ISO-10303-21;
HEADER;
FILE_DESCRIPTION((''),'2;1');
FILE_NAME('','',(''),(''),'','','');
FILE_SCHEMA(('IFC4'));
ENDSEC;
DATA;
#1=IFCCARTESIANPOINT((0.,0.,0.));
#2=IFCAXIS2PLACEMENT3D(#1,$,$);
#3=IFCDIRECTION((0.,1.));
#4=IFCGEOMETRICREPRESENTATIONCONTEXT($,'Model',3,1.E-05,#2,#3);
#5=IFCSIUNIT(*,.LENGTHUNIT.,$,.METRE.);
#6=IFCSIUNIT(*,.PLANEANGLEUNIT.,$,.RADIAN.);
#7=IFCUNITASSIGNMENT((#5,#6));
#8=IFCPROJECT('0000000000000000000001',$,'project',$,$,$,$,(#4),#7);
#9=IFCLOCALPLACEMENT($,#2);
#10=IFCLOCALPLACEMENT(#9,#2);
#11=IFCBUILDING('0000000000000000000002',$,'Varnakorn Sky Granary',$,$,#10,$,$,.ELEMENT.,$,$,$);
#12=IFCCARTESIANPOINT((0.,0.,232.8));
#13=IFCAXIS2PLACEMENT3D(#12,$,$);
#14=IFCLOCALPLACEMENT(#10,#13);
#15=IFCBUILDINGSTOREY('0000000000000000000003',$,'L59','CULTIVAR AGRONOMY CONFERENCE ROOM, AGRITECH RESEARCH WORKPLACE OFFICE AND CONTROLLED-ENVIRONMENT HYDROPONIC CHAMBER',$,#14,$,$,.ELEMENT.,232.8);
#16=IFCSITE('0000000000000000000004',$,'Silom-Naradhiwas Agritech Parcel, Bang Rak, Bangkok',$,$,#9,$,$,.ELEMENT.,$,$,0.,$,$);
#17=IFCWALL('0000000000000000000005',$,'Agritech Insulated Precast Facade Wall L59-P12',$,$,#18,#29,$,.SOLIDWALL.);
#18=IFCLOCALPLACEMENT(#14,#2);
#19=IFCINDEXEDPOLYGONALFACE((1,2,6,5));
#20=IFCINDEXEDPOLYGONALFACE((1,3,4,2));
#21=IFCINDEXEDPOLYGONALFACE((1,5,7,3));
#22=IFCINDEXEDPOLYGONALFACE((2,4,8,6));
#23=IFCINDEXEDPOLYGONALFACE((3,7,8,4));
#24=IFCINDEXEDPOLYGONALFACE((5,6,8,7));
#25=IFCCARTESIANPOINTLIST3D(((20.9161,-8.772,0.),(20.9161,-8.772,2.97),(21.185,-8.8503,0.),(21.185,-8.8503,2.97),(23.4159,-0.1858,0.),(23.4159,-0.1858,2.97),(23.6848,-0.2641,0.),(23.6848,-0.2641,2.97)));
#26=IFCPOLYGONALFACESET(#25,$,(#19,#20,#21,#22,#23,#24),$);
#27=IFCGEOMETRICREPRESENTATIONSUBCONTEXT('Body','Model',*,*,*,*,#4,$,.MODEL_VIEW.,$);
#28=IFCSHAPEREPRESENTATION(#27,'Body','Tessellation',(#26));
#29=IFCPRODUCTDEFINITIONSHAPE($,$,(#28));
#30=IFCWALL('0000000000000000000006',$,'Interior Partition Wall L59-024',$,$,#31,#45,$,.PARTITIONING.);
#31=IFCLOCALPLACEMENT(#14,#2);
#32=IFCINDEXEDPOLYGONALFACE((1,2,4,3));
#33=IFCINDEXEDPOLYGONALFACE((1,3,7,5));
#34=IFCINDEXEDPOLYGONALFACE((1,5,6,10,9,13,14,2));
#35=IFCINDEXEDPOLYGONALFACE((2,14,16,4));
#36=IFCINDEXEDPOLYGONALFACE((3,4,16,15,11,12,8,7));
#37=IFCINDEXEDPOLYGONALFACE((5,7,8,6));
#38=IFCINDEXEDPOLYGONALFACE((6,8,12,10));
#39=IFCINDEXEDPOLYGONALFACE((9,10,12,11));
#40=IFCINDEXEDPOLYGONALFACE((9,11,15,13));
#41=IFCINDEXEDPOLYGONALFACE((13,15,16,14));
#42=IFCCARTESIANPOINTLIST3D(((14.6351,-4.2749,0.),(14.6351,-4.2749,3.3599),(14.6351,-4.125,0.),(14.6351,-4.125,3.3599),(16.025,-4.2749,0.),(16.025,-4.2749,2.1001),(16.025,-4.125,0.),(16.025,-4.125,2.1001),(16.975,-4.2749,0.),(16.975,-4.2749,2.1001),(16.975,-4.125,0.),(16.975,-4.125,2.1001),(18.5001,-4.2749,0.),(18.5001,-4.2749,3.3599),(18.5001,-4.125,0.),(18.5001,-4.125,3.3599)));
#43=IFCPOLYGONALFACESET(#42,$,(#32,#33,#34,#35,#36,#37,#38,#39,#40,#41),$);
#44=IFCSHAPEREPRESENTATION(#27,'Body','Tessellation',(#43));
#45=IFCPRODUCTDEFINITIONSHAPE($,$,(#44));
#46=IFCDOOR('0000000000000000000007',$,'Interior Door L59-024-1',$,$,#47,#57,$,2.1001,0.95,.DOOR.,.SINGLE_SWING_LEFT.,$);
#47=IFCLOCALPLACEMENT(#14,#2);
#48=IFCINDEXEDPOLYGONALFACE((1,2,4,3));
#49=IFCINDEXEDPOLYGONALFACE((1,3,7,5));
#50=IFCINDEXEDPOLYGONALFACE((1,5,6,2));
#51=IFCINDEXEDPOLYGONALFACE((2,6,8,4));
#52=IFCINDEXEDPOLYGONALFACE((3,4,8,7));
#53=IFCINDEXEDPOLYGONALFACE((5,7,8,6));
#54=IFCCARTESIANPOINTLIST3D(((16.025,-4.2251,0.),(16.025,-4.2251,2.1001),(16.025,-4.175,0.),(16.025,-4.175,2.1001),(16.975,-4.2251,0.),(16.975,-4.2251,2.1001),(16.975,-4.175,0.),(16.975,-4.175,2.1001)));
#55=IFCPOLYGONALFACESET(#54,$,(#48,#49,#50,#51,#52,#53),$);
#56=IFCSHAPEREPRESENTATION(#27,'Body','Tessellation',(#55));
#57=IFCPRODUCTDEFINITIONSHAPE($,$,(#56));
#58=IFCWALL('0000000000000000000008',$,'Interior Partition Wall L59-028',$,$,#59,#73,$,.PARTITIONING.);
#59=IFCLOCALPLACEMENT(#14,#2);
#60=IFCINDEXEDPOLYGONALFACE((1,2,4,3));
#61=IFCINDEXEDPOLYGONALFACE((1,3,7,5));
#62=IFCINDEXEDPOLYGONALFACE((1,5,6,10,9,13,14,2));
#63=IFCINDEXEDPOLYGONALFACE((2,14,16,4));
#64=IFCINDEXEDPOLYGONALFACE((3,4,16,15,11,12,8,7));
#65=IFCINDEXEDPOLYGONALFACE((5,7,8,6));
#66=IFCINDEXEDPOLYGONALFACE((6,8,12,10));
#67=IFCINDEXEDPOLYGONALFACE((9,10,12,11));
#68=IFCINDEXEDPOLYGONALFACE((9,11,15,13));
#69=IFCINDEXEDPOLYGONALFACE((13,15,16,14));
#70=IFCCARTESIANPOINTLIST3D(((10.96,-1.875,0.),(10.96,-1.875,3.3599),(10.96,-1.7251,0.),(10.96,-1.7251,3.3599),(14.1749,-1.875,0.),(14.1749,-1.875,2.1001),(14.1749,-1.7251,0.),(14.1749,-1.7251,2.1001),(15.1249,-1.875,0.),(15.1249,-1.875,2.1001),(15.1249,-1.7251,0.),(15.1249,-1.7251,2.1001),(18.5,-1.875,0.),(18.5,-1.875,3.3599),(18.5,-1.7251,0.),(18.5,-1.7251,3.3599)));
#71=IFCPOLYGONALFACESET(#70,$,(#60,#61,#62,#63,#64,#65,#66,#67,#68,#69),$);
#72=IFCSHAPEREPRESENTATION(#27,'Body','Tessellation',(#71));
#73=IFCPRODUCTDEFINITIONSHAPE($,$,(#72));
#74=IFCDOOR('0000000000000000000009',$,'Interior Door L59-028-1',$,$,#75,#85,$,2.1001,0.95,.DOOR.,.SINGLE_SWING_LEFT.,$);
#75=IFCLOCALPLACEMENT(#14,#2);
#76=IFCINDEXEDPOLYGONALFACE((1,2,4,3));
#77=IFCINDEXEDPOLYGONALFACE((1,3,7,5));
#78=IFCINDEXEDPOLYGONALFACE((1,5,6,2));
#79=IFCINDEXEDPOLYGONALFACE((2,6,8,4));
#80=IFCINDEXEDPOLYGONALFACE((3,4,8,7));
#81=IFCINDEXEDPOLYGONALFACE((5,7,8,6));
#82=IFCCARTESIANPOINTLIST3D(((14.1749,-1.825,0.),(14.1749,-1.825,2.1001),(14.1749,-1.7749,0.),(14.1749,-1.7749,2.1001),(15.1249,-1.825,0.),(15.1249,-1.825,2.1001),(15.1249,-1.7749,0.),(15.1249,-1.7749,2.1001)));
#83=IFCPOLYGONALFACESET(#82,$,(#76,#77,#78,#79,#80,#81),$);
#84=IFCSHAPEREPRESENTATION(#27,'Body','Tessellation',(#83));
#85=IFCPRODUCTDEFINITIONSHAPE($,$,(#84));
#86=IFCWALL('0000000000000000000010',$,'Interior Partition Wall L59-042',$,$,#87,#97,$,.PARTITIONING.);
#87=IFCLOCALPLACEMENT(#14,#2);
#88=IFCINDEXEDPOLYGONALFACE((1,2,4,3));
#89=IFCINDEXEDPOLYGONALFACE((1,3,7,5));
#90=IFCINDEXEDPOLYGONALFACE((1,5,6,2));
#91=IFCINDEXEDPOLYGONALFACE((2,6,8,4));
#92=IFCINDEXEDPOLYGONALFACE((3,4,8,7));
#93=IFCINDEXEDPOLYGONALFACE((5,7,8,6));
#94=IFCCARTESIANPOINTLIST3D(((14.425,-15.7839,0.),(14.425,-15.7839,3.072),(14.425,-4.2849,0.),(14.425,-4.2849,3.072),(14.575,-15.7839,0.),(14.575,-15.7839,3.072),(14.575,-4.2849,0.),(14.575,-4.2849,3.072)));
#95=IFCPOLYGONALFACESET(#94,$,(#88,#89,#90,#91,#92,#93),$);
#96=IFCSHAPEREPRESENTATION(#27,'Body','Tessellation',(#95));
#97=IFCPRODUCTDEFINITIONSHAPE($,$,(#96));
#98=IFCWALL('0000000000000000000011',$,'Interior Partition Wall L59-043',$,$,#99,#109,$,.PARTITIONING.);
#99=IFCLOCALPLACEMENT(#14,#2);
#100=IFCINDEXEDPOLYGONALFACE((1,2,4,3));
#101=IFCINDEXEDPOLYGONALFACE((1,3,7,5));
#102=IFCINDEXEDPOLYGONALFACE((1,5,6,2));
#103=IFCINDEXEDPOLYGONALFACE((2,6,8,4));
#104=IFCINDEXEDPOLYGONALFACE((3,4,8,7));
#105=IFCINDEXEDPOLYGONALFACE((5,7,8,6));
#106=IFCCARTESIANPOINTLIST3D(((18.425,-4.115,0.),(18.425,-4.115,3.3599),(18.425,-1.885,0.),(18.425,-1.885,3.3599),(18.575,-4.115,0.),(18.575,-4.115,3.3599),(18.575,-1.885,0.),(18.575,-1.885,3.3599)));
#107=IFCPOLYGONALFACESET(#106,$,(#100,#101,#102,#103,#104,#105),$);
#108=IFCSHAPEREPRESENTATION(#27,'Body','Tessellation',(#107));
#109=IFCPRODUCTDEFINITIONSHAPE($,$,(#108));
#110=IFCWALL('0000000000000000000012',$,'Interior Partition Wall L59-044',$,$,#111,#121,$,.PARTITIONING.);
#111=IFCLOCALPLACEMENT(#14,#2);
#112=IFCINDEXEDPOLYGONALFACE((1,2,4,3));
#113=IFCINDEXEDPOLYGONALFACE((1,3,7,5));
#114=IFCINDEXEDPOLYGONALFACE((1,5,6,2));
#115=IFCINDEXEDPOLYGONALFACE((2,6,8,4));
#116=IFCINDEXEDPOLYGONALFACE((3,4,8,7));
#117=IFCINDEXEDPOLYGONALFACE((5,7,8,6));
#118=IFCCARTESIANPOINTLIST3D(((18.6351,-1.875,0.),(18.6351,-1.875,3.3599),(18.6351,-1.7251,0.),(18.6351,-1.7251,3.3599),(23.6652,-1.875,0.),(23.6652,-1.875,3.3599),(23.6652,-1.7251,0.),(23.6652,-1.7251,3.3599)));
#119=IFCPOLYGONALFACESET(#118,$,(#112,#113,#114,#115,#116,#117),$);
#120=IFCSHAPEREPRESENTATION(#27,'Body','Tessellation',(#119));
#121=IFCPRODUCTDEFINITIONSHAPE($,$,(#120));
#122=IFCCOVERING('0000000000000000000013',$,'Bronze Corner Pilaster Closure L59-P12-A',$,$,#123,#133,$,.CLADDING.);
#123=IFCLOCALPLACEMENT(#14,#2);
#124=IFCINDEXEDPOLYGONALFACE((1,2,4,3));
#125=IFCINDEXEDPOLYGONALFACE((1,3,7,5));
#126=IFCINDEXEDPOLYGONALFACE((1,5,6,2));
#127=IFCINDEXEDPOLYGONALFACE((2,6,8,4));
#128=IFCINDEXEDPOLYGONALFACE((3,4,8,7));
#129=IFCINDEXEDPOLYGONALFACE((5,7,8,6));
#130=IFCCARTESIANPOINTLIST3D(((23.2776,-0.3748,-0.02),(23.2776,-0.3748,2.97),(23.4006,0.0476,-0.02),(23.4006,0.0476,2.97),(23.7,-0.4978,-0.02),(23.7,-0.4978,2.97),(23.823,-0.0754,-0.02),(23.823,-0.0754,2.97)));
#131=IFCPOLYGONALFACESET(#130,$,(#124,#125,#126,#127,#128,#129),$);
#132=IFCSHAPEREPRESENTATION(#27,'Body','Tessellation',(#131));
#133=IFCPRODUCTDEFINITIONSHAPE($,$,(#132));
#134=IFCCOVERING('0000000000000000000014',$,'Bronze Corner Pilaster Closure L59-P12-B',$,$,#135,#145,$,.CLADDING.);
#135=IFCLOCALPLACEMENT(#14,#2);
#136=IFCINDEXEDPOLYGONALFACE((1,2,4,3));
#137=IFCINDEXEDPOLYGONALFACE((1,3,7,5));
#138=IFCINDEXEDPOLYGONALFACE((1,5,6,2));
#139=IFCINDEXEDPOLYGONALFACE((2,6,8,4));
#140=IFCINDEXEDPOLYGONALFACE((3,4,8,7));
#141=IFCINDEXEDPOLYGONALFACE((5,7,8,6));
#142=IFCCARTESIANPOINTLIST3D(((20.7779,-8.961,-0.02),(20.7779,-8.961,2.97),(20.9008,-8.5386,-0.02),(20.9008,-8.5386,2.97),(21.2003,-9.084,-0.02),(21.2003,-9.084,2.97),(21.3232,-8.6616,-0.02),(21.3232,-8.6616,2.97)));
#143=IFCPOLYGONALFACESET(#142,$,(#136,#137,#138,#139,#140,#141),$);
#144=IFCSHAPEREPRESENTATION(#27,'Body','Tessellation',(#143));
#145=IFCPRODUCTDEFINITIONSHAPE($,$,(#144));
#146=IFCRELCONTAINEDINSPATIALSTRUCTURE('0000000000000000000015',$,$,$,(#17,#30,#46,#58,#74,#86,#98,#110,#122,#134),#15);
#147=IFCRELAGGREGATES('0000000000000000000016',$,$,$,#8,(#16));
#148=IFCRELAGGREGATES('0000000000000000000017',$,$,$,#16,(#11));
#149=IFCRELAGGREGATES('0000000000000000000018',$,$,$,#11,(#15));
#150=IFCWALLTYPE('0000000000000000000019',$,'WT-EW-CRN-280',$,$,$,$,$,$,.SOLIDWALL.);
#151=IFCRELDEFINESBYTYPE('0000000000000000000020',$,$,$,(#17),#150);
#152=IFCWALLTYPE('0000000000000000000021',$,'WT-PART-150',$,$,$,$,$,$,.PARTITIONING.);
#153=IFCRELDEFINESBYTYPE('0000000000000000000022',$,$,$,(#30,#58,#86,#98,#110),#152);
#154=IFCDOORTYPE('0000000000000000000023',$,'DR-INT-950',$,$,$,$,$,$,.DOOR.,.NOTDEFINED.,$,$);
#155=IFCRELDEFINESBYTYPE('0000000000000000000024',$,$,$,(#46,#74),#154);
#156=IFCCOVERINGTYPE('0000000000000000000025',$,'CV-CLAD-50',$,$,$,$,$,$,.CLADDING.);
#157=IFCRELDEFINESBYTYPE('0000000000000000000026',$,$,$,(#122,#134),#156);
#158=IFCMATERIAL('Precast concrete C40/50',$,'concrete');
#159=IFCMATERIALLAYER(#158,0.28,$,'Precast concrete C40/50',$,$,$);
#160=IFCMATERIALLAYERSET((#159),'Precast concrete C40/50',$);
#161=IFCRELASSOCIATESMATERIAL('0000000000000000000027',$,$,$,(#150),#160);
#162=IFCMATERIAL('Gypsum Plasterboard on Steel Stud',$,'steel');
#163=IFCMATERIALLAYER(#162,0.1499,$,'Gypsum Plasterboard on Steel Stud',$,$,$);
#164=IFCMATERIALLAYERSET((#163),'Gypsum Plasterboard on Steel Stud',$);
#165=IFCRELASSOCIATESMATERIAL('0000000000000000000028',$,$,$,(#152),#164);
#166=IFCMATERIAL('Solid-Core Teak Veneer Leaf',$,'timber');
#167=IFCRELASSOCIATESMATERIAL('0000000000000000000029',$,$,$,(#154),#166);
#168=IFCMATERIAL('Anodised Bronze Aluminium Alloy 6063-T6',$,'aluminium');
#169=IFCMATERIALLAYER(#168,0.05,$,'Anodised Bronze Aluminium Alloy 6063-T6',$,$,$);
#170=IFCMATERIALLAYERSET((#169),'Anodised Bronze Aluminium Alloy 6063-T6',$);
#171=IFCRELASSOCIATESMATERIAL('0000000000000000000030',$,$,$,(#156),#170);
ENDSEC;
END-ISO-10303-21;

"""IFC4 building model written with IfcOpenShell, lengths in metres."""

from ifc_helpers import new_model, si_unit, direction, frame, frame_2d, origin, origin_2d, place, context, subcontext, project, spatial, rectangle, extrude, source, transform, mapped, material, layer, layer_set, type_object, type_shapes, element, fill, save


model = new_model("IFC4")

# Units and contexts
model_context = context("Model", 3, precision=1e-05, world=origin(), true_north=direction((0.0, 1.0)))
body_context = subcontext(model_context, "Body", "Model", "MODEL_VIEW")
ifc_project = project(units=[si_unit("LENGTHUNIT", "METRE"), si_unit("PLANEANGLEUNIT", "RADIAN")], contexts=[model_context])

# Site, building, storey
site_placement = place(None, origin())
site = spatial("IfcSite", under=ifc_project, at=site_placement, Name="Silom-Naradhiwas Agritech Parcel, Bang Rak, Bangkok", CompositionType="ELEMENT", RefElevation=0.0)
building_placement = place(site_placement, origin())
building = spatial("IfcBuilding", under=site, at=building_placement, Name="Varnakorn Sky Granary", CompositionType="ELEMENT")
storey_placement = place(building_placement, frame((0.0, 0.0, 232.8)))
storey = spatial("IfcBuildingStorey", under=building, at=storey_placement, Name="L59", Description="CULTIVAR AGRONOMY CONFERENCE ROOM, AGRITECH RESEARCH WORKPLACE OFFICE AND CONTROLLED-ENVIRONMENT HYDROPONIC CHAMBER", CompositionType="ELEMENT", Elevation=232.8)

# Shared definitions
ifc_material_1 = material(Name="Anodised Bronze Aluminium Alloy 6063-T6", Category="aluminium")

# Wall
ifc_material_2 = material(Name="Precast concrete C40/50", Category="concrete")
ifc_layer_1 = layer(ifc_material_2, 0.28, Name="Precast concrete C40/50")
ifc_layer_set_1 = layer_set([ifc_layer_1], Name="Precast concrete C40/50")
wall_type_1 = type_object("IfcWallType", Name="WT-EW-CRN-280", PredefinedType="SOLIDWALL", material=ifc_layer_set_1)
wall_1_placement = place(storey_placement, frame((23.5503, -0.2251, 0.0), z_axis=(0.0, 0.0, 1.0), x_axis=(-0.279531, -0.960137, 0.0)))
element("IfcWall", 1, at=wall_1_placement, inside=storey, type_object=wall_type_1, Name="Agritech Insulated Precast Facade Wall L59-P12", PredefinedType="SOLIDWALL", context=body_context, shape_type="SweptSolid", body=[
    extrude(rectangle(XDim=8.9426, YDim=0.28, at=frame_2d((4.4712, 0.0))), origin(), (0.0, 0.0, 1.0), 2.97),
])

# Walls, openings, doors
ifc_material_3 = material(Name="Gypsum Plasterboard on Steel Stud", Category="steel")
ifc_layer_2 = layer(ifc_material_3, 0.1499, Name="Gypsum Plasterboard on Steel Stud")
ifc_layer_set_2 = layer_set([ifc_layer_2], Name="Gypsum Plasterboard on Steel Stud")
wall_type_2 = type_object("IfcWallType", Name="WT-PART-150", PredefinedType="PARTITIONING", material=ifc_layer_set_2)
wall_2_placement = place(storey_placement, frame((14.635, -4.2, 0.0), z_axis=(0.0, 0.0, 1.0), x_axis=(1.0, 0.0, 0.0)))
wall_2 = element("IfcWall", 2, at=wall_2_placement, inside=storey, type_object=wall_type_2, Name="Interior Partition Wall L59-024", PredefinedType="PARTITIONING", context=body_context, shape_type="SweptSolid", body=[
    extrude(rectangle(XDim=3.865, YDim=0.1499, at=frame_2d((1.9326, 0.0))), origin(), (0.0, 0.0, 1.0), 3.3599),
])
opening_1_placement = place(wall_2_placement, frame((1.3899, 0.0, 0.0)))
opening_1 = element("IfcOpeningElement", 3, at=opening_1_placement, cuts=wall_2, PredefinedType="OPENING", context=body_context, shape_type="SweptSolid", body=[
    extrude(rectangle(XDim=0.95, YDim=2.1001, at=frame_2d((0.4751, 1.05))), frame((0.0, 0.085, 0.0), z_axis=(0.0, -1.0, 0.0), x_axis=(1.0, 0.0, 0.0)), (0.0, 0.0, 1.0), 0.1699),
])
ifc_material_4 = material(Name="Solid-Core Teak Veneer Leaf", Category="timber")
door_type = type_object("IfcDoorType", Name="DR-INT-950", OperationType="NOTDEFINED", PredefinedType="DOOR", material=ifc_material_4)
door_1_placement = place(opening_1_placement, origin())
door_1 = element("IfcDoor", 4, at=door_1_placement, inside=storey, type_object=door_type, Name="Interior Door L59-024-1", OperationType="SINGLE_SWING_LEFT", OverallHeight=2.1001, OverallWidth=0.95, PredefinedType="DOOR", context=body_context, shape_type="SweptSolid", body=[
    extrude(rectangle(XDim=0.95, YDim=2.1001, at=frame_2d((0.4751, 1.05))), frame((0.0, 0.0249, 0.0), z_axis=(0.0, -1.0, 0.0), x_axis=(1.0, 0.0, 0.0)), (0.0, 0.0, 1.0), 0.05),
])
fill(opening_1, door_1)
wall_3_placement = place(storey_placement, frame((18.5, -1.8, 0.0), z_axis=(0.0, 0.0, 1.0), x_axis=(-1.0, 0.0, 0.0)))
wall_3 = element("IfcWall", 5, at=wall_3_placement, inside=storey, type_object=wall_type_2, Name="Interior Partition Wall L59-028", PredefinedType="PARTITIONING", context=body_context, shape_type="SweptSolid", body=[
    extrude(rectangle(XDim=7.54, YDim=0.1499, at=frame_2d((3.77, 0.0))), origin(), (0.0, 0.0, 1.0), 3.3599),
])
opening_2_placement = place(wall_3_placement, frame((3.375, 0.0, 0.0)))
opening_2 = element("IfcOpeningElement", 6, at=opening_2_placement, cuts=wall_3, PredefinedType="OPENING", context=body_context, shape_type="SweptSolid", body=[
    extrude(rectangle(XDim=0.95, YDim=2.1001, at=frame_2d((0.4751, 1.05))), frame((0.0, 0.085, 0.0), z_axis=(0.0, -1.0, 0.0), x_axis=(1.0, 0.0, 0.0)), (0.0, 0.0, 1.0), 0.1699),
])
door_2_placement = place(opening_2_placement, origin())
door_2 = element("IfcDoor", 7, at=door_2_placement, inside=storey, type_object=door_type, Name="Interior Door L59-028-1", OperationType="SINGLE_SWING_LEFT", OverallHeight=2.1001, OverallWidth=0.95, PredefinedType="DOOR", context=body_context, shape_type="SweptSolid", body=[
    extrude(rectangle(XDim=0.95, YDim=2.1001, at=frame_2d((0.4751, 1.05))), frame((0.0, 0.0249, 0.0), z_axis=(0.0, -1.0, 0.0), x_axis=(1.0, 0.0, 0.0)), (0.0, 0.0, 1.0), 0.05),
])
fill(opening_2, door_2)

# Walls
wall_4_placement = place(storey_placement, frame((14.5, -4.2849, 0.0), z_axis=(0.0, 0.0, 1.0), x_axis=(0.0, -1.0, 0.0)))
element("IfcWall", 8, at=wall_4_placement, inside=storey, type_object=wall_type_2, Name="Interior Partition Wall L59-042", PredefinedType="PARTITIONING", context=body_context, shape_type="SweptSolid", body=[
    extrude(rectangle(XDim=11.499, YDim=0.1499, at=frame_2d((5.7495, 0.0))), origin(), (0.0, 0.0, 1.0), 3.072),
])
wall_5_placement = place(storey_placement, frame((18.5, -4.115, 0.0), z_axis=(0.0, 0.0, 1.0), x_axis=(0.0, 1.0, 0.0)))
element("IfcWall", 9, at=wall_5_placement, inside=storey, type_object=wall_type_2, Name="Interior Partition Wall L59-043", PredefinedType="PARTITIONING", context=body_context, shape_type="SweptSolid", body=[
    extrude(rectangle(XDim=2.23, YDim=0.1499, at=frame_2d((1.115, 0.0))), origin(), (0.0, 0.0, 1.0), 3.3599),
])
wall_6_placement = place(storey_placement, frame((18.635, -1.8, 0.0), z_axis=(0.0, 0.0, 1.0), x_axis=(1.0, 0.0, 0.0)))
element("IfcWall", 10, at=wall_6_placement, inside=storey, type_object=wall_type_2, Name="Interior Partition Wall L59-044", PredefinedType="PARTITIONING", context=body_context, shape_type="SweptSolid", body=[
    extrude(rectangle(XDim=5.03, YDim=0.1499, at=frame_2d((2.5151, 0.0))), origin(), (0.0, 0.0, 1.0), 3.3599),
])

# Coverings
ifc_layer_3 = layer(ifc_material_1, 0.05, Name="Anodised Bronze Aluminium Alloy 6063-T6")
ifc_layer_set_3 = layer_set([ifc_layer_3], Name="Anodised Bronze Aluminium Alloy 6063-T6")
covering_type = type_object("IfcCoveringType", Name="CV-CLAD-50", PredefinedType="CLADDING", material=ifc_layer_set_3)
shared_shape_1 = source(origin(), body_context, "Body", "SweptSolid", [
    extrude(rectangle(XDim=0.4399, YDim=0.4399, at=origin_2d()), origin(), (0.0, 0.0, 1.0), 2.99),
])
type_shapes(covering_type, [shared_shape_1])
for number, where, z_axis, x_axis, name in (
    (11, (23.5503, -0.2251, -0.02), (0.0, 0.0, 1.0), (-0.279494, -0.960147, 0.0), "Bronze Corner Pilaster Closure L59-P12-A"),
    (12, (21.0505, -8.8113, -0.02), (0.0, 0.0, 1.0), (-0.279494, -0.960147, 0.0), "Bronze Corner Pilaster Closure L59-P12-B"),
):
    element("IfcCovering", number, at=place(storey_placement, frame(where, z_axis=z_axis, x_axis=x_axis)), inside=storey, type_object=covering_type, Name=name, PredefinedType="CLADDING", context=body_context, shape_type="MappedRepresentation", body=[
        mapped(shared_shape_1, transform((0.0, 0.0, 0.0), x_axis=(1.0, 0.0, 0.0), y_axis=(0.0, 1.0, 0.0), z_axis=(0.0, 0.0, 1.0), scale=1.0)),
    ])

save(model, "model.ifc")
